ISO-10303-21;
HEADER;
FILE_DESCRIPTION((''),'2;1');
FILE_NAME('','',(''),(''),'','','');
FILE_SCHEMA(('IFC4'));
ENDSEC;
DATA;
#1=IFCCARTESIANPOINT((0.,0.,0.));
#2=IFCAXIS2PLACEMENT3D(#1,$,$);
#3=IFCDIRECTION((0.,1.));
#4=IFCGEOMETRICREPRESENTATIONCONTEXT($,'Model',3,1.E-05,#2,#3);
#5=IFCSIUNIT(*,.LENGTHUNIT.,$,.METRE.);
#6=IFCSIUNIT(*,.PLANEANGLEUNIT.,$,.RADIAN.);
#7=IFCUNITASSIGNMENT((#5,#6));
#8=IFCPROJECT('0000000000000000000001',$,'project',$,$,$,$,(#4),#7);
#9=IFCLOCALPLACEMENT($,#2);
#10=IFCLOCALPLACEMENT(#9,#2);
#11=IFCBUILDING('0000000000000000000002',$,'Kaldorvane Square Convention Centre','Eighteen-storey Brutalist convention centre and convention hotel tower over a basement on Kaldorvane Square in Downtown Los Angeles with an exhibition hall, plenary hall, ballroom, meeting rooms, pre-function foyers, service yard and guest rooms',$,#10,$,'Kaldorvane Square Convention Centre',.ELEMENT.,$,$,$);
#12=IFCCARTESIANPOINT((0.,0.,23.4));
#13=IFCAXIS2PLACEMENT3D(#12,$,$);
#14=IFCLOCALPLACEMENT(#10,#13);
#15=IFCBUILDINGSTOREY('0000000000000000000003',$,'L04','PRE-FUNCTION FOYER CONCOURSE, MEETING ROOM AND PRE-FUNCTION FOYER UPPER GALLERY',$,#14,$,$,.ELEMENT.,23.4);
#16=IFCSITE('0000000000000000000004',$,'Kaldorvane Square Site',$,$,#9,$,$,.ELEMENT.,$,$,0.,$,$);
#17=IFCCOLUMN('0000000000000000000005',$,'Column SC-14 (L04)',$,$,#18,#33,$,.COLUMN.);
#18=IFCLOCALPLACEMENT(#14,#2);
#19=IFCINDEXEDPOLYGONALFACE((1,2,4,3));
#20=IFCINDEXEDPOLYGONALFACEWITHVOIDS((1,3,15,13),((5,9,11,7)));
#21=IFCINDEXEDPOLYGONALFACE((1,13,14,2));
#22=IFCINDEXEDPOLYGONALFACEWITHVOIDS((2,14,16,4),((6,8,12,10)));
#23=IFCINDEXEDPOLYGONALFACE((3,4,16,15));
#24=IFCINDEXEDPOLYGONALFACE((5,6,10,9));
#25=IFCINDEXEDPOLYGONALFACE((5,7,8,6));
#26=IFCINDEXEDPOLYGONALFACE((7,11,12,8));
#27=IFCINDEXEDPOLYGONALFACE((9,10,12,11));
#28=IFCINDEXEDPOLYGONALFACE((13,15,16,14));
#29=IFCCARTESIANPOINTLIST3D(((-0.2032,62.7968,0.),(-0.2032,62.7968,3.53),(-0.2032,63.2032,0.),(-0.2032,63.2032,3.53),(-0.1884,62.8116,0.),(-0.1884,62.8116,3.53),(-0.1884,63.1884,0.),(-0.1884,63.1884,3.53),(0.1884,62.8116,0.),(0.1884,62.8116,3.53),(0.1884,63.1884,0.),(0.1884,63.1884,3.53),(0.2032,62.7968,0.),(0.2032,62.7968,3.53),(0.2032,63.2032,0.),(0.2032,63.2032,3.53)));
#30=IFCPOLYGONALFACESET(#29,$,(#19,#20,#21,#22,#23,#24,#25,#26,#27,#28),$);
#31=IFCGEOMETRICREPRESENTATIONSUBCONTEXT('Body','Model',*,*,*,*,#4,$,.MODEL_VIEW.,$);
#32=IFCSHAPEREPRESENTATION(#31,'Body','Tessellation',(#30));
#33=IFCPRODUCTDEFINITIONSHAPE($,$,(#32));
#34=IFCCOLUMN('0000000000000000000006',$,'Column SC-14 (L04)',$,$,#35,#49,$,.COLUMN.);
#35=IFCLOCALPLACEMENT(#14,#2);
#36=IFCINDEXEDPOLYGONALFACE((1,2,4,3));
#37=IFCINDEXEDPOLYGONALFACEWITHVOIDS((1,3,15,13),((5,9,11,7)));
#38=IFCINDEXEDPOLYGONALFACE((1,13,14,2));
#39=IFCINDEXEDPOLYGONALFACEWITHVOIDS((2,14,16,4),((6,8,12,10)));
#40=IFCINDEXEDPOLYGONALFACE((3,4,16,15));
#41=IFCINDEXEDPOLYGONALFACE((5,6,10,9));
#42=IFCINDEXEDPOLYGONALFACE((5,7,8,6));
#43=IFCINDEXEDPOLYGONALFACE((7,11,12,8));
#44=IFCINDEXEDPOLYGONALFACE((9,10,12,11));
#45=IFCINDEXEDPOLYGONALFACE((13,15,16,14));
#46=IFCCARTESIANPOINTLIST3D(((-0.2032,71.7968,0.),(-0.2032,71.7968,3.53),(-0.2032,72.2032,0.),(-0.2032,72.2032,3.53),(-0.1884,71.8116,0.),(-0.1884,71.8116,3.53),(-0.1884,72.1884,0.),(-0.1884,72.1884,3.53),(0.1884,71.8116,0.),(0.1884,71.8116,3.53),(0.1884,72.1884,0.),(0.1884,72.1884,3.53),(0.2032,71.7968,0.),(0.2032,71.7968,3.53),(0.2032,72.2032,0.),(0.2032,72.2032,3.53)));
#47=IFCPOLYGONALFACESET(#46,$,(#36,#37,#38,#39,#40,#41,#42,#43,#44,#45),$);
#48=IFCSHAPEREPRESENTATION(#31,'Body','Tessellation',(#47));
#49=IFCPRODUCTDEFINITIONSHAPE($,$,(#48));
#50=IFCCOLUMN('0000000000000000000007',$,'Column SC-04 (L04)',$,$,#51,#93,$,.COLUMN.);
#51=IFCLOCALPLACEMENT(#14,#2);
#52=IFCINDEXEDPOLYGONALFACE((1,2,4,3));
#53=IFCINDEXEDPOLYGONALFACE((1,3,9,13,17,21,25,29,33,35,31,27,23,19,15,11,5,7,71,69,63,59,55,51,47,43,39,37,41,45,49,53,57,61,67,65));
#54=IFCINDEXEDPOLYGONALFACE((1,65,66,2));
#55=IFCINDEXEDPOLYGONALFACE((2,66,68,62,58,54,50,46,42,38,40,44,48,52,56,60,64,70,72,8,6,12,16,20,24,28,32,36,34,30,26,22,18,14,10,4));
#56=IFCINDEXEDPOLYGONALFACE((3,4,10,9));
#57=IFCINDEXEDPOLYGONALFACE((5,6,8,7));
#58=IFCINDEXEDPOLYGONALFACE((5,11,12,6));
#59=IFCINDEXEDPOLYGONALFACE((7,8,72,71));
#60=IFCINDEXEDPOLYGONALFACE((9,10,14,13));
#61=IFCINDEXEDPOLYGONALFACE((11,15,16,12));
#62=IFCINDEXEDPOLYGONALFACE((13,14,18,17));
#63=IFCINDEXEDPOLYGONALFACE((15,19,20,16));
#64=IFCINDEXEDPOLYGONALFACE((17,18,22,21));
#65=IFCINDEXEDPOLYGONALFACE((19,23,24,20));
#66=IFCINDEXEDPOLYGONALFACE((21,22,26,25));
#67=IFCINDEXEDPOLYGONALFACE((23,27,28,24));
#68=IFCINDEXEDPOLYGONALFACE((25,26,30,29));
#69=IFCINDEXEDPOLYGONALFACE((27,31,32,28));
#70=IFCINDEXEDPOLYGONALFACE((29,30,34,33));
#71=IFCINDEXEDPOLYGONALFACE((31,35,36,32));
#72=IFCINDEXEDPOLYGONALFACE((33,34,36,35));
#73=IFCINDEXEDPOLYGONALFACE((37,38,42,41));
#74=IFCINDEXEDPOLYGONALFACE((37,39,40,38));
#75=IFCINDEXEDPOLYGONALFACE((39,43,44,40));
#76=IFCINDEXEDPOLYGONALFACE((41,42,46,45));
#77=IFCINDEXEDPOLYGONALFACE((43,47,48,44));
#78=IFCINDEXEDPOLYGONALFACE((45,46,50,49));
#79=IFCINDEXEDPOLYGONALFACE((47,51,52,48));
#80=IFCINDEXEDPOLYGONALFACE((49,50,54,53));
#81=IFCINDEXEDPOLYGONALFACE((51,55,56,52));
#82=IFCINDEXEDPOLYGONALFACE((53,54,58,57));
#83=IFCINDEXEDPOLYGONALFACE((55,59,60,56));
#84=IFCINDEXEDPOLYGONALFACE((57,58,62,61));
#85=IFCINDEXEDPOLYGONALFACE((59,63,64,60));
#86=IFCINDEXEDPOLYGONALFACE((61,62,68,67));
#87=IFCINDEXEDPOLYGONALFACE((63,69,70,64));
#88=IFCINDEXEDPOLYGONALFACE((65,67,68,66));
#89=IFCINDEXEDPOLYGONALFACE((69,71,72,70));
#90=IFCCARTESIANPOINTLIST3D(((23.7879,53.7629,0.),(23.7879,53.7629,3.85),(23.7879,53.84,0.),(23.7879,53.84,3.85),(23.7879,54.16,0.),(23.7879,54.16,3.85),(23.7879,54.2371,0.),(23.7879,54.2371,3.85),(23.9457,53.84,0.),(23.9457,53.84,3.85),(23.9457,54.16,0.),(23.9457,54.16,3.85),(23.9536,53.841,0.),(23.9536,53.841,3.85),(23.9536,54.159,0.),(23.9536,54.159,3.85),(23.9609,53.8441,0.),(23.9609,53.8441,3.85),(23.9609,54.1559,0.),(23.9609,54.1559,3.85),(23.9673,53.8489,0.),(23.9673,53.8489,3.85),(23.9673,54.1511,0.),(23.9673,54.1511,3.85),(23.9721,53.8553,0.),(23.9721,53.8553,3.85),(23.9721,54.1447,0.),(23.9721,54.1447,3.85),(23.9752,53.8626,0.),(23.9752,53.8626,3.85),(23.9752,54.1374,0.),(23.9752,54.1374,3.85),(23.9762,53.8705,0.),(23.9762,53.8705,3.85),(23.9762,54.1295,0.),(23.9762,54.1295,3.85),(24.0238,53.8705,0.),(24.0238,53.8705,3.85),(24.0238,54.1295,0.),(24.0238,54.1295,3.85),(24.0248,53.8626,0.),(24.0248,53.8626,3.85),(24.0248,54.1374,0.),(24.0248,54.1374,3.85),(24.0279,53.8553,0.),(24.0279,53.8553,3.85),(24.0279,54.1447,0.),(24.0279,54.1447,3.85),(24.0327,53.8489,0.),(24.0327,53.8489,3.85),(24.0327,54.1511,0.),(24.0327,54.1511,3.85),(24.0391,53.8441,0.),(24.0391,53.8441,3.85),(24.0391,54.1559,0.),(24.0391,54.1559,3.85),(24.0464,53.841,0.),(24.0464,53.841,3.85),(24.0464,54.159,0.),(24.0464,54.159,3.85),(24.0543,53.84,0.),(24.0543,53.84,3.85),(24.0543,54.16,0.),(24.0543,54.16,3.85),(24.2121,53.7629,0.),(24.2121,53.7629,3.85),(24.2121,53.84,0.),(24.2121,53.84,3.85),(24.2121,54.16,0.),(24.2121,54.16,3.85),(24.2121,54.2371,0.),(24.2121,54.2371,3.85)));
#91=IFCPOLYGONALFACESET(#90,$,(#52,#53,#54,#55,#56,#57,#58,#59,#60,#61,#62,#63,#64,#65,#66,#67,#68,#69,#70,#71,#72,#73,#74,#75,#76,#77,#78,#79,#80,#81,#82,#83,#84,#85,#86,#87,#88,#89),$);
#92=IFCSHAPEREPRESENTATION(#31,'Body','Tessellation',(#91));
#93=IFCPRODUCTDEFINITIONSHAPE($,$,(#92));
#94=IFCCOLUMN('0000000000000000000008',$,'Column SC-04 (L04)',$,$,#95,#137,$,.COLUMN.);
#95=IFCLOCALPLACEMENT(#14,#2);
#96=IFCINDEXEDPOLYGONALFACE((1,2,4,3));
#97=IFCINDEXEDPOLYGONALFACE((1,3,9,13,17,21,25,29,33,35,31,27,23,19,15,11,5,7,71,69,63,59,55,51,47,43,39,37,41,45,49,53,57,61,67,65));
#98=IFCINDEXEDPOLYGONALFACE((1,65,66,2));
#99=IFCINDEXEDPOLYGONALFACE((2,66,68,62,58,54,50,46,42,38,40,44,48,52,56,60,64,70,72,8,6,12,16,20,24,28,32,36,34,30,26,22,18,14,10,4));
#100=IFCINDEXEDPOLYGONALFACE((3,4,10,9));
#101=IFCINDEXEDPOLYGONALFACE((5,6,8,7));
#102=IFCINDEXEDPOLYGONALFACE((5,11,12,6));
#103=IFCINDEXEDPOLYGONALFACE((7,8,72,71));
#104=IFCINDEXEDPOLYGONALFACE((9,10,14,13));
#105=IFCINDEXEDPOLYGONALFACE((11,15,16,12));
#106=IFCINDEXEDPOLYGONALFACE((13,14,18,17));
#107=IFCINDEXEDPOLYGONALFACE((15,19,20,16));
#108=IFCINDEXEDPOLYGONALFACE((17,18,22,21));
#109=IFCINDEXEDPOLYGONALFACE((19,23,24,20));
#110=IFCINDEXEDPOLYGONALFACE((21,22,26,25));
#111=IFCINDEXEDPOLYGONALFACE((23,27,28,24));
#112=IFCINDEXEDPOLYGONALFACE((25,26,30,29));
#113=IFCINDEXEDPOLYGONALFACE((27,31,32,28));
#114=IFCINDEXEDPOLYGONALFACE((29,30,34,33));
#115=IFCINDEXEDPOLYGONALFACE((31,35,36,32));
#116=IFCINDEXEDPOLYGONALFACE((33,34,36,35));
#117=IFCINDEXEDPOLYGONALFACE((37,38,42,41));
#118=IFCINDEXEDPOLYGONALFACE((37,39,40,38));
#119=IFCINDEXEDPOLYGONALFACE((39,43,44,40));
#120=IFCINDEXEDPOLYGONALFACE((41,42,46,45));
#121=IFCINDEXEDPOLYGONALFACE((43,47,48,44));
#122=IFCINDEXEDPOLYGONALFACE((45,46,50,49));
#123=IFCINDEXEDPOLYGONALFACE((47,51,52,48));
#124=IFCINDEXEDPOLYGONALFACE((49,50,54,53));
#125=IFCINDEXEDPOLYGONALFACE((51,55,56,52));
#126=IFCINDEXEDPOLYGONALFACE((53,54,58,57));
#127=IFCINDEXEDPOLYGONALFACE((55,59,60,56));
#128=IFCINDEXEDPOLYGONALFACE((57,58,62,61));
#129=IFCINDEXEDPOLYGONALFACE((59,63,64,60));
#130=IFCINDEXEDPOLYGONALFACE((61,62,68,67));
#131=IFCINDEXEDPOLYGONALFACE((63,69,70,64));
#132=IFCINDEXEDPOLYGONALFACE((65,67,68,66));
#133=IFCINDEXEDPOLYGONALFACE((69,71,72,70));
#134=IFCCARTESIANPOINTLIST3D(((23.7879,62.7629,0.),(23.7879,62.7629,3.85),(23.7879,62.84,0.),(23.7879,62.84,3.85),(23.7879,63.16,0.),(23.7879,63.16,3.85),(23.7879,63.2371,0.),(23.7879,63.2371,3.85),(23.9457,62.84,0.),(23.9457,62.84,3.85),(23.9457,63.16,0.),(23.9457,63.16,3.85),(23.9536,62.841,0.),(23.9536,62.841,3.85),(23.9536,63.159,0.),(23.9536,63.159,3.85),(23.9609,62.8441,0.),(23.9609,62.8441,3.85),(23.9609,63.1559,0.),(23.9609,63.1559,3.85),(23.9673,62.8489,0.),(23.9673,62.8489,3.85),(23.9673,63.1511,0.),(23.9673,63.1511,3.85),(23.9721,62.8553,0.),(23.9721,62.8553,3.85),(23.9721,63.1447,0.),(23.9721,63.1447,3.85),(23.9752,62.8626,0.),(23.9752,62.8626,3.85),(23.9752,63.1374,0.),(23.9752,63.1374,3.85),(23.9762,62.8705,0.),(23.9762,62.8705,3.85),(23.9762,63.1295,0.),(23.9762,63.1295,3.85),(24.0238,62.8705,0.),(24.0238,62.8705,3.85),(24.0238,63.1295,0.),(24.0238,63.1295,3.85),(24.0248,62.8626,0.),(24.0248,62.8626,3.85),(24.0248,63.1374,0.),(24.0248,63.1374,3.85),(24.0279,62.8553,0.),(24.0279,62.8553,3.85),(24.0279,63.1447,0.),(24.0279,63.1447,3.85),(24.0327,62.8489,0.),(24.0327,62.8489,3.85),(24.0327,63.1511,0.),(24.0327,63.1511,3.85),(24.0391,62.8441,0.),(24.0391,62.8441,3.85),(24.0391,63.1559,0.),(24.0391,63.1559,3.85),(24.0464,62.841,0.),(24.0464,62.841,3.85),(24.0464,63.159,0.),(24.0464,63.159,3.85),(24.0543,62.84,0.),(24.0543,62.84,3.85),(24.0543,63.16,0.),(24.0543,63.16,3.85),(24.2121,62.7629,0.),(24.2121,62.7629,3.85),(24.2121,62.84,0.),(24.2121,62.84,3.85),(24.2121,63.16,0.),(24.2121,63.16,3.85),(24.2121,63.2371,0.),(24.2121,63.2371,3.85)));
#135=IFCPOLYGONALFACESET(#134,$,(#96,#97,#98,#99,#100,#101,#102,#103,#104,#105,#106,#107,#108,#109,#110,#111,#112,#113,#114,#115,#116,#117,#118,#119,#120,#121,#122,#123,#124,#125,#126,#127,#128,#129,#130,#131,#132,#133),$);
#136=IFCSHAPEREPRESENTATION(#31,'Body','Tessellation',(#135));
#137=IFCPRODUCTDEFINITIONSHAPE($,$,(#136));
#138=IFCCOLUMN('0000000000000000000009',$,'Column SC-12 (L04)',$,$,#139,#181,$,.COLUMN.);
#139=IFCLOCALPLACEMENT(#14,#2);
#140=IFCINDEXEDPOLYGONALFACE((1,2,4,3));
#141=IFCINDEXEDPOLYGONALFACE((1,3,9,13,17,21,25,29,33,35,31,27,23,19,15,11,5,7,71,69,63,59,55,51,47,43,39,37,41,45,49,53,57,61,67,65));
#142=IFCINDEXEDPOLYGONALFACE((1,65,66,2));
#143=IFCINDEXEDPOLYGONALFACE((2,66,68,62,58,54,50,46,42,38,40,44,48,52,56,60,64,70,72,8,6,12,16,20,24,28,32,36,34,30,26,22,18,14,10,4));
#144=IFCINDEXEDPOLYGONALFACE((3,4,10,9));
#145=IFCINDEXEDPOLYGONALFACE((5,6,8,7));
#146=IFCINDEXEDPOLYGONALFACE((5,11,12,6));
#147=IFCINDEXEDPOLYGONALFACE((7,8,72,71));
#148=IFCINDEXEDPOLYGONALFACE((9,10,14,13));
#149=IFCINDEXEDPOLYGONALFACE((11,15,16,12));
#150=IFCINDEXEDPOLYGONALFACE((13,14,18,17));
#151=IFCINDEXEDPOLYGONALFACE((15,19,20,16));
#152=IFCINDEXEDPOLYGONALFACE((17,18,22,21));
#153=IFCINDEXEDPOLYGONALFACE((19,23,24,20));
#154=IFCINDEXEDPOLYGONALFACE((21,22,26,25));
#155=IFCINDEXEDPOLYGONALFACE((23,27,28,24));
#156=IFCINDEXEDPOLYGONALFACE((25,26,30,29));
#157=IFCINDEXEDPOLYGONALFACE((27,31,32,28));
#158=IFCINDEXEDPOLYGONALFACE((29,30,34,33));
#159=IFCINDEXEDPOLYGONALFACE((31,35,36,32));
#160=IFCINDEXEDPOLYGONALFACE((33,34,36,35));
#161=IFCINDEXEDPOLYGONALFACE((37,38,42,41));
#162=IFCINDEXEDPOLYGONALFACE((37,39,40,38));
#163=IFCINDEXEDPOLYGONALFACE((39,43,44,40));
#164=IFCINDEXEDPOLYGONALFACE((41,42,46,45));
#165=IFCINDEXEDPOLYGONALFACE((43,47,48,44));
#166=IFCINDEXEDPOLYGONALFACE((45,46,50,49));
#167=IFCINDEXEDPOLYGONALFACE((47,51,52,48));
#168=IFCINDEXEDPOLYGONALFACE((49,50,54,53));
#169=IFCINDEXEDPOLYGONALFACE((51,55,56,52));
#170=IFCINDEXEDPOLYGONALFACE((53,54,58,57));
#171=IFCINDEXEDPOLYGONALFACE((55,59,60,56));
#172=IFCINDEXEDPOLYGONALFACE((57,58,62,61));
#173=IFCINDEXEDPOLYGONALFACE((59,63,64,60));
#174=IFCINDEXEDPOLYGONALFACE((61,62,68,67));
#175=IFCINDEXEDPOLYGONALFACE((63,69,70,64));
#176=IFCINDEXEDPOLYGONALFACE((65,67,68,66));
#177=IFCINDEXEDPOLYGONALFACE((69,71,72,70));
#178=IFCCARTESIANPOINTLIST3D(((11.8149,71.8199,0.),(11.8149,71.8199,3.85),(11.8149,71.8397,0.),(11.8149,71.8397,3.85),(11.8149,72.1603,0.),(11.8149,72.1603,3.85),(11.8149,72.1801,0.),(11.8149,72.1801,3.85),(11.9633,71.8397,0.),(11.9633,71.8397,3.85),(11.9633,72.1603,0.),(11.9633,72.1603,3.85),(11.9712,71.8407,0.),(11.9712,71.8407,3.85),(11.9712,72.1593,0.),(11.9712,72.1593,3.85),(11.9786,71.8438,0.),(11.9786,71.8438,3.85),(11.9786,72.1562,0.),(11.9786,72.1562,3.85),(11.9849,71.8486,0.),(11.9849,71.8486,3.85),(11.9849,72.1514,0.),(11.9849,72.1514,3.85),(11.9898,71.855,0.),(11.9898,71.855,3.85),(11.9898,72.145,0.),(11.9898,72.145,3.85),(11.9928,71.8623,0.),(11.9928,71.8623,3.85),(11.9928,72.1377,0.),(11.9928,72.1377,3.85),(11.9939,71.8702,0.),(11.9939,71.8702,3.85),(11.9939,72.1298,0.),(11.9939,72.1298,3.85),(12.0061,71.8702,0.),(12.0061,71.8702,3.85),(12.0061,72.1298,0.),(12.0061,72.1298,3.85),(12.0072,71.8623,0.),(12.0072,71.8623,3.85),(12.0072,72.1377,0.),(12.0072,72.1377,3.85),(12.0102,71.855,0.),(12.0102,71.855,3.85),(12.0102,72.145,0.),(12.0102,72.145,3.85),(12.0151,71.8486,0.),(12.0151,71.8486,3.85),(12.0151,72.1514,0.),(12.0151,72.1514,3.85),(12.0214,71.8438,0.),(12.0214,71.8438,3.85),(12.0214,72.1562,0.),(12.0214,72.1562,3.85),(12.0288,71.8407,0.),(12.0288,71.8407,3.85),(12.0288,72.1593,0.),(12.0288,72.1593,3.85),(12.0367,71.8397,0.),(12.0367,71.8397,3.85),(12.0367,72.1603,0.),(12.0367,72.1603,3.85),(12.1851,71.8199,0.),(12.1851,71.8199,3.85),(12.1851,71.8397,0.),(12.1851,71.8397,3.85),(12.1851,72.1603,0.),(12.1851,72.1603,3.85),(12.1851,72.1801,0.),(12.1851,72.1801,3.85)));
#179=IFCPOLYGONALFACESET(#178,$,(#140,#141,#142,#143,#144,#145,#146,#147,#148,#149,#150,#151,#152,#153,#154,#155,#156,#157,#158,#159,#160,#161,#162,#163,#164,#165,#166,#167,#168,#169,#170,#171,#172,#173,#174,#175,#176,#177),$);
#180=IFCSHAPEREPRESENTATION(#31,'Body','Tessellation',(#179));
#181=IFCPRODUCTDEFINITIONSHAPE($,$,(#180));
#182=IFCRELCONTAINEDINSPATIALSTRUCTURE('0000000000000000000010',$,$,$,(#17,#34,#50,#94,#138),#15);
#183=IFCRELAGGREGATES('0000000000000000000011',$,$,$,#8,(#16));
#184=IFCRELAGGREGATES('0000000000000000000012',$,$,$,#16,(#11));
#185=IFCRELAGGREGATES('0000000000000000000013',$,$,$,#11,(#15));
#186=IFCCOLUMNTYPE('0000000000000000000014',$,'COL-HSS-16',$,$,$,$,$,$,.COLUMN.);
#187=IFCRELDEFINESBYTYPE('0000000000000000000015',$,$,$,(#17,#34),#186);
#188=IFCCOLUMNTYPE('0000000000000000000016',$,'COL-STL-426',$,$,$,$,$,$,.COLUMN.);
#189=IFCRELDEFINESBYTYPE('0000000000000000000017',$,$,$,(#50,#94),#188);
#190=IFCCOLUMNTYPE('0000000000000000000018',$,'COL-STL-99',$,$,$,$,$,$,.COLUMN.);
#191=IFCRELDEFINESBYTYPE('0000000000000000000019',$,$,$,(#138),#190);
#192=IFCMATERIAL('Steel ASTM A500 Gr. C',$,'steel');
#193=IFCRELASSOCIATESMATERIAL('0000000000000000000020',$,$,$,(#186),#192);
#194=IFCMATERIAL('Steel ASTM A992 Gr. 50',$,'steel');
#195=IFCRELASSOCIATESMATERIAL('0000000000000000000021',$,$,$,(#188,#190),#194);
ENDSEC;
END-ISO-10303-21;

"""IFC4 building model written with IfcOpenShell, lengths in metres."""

from ifc_helpers import new_model, si_unit, direction, frame, origin, origin_2d, place, context, subcontext, project, spatial, hollow_rectangle, i_section, extrude, material, material_profile, profile_set, type_object, element, save


model = new_model("IFC4")

# Units and contexts
model_context = context("Model", 3, precision=1e-05, world=origin(), true_north=direction((0.0, 1.0)))
body_context = subcontext(model_context, "Body", "Model", "MODEL_VIEW")
ifc_project = project(units=[si_unit("LENGTHUNIT", "METRE"), si_unit("PLANEANGLEUNIT", "RADIAN")], contexts=[model_context])

# Site, building, storey
site_placement = place(None, origin())
site = spatial("IfcSite", under=ifc_project, at=site_placement, Name="Kaldorvane Square Site", CompositionType="ELEMENT", RefElevation=0.0)
building_placement = place(site_placement, origin())
building = spatial("IfcBuilding", under=site, at=building_placement, Name="Kaldorvane Square Convention Centre", Description="Eighteen-storey Brutalist convention centre and convention hotel tower over a basement on Kaldorvane Square in Downtown Los Angeles with an exhibition hall, plenary hall, ballroom, meeting rooms, pre-function foyers, service yard and guest rooms", LongName="Kaldorvane Square Convention Centre", CompositionType="ELEMENT")
storey_placement = place(building_placement, frame((0.0, 0.0, 23.4)))
storey = spatial("IfcBuildingStorey", under=building, at=storey_placement, Name="L04", Description="PRE-FUNCTION FOYER CONCOURSE, MEETING ROOM AND PRE-FUNCTION FOYER UPPER GALLERY", CompositionType="ELEMENT", Elevation=23.4)

# Columns
ifc_material_1 = material(Name="Steel ASTM A500 Gr. C", Category="steel")
ifc_material_profile_1 = material_profile(ifc_material_1, hollow_rectangle(XDim=0.4064, YDim=0.4064, WallThickness=0.0148, at=origin_2d()), Name="HSS16X16X5/8")
ifc_profile_set_1 = profile_set([ifc_material_profile_1], Name="Steel ASTM A500 Gr. C")
column_type_1 = type_object("IfcColumnType", Name="COL-HSS-16", PredefinedType="COLUMN", material=ifc_profile_set_1)
for number, where, z_axis, x_axis, name in (
    (1, (0.0, 63.0, 0.0), (0.0, 0.0, 1.0), (1.0, 0.0, 0.0), "Column SC-14 (L04)"),
    (2, (0.0, 72.0, 0.0), (0.0, 0.0, 1.0), (1.0, 0.0, 0.0), "Column SC-14 (L04)"),
):
    element("IfcColumn", number, at=place(storey_placement, frame(where, z_axis=z_axis, x_axis=x_axis)), inside=storey, type_object=column_type_1, Name=name, PredefinedType="COLUMN", context=body_context, shape_type="SweptSolid", body=[
        extrude(hollow_rectangle(XDim=0.4064, YDim=0.4064, WallThickness=0.0148, at=origin_2d()), origin(), (0.0, 0.0, 1.0), 3.53),
    ])
ifc_material_2 = material(Name="Steel ASTM A992 Gr. 50", Category="steel")
ifc_material_profile_2 = material_profile(ifc_material_2, i_section(OverallWidth=0.4241, OverallDepth=0.4742, WebThickness=0.0476, FlangeThickness=0.0771, FilletRadius=0.0305, at=origin_2d()), Name="W14X426")
ifc_profile_set_2 = profile_set([ifc_material_profile_2], Name="Steel ASTM A992 Gr. 50")
column_type_2 = type_object("IfcColumnType", Name="COL-STL-426", PredefinedType="COLUMN", material=ifc_profile_set_2)
for number, where, z_axis, x_axis, name in (
    (3, (24.0, 54.0, 0.0), (0.0, 0.0, 1.0), (1.0, 0.0, 0.0), "Column SC-04 (L04)"),
    (4, (24.0, 63.0, 0.0), (0.0, 0.0, 1.0), (1.0, 0.0, 0.0), "Column SC-04 (L04)"),
):
    element("IfcColumn", number, at=place(storey_placement, frame(where, z_axis=z_axis, x_axis=x_axis)), inside=storey, type_object=column_type_2, Name=name, PredefinedType="COLUMN", context=body_context, shape_type="SweptSolid", body=[
        extrude(i_section(OverallWidth=0.4241, OverallDepth=0.4742, WebThickness=0.0476, FlangeThickness=0.0771, FilletRadius=0.0305, at=origin_2d()), origin(), (0.0, 0.0, 1.0), 3.85),
    ])
ifc_material_profile_3 = material_profile(ifc_material_2, i_section(OverallWidth=0.3701, OverallDepth=0.3602, WebThickness=0.0123, FlangeThickness=0.0198, FilletRadius=0.0305, at=origin_2d()), Name="W14X99")
ifc_profile_set_3 = profile_set([ifc_material_profile_3], Name="Steel ASTM A992 Gr. 50")
column_type_3 = type_object("IfcColumnType", Name="COL-STL-99", PredefinedType="COLUMN", material=ifc_profile_set_3)
column_placement = place(storey_placement, frame((12.0, 72.0, 0.0), z_axis=(0.0, 0.0, 1.0), x_axis=(1.0, 0.0, 0.0)))
element("IfcColumn", 5, at=column_placement, inside=storey, type_object=column_type_3, Name="Column SC-12 (L04)", PredefinedType="COLUMN", context=body_context, shape_type="SweptSolid", body=[
    extrude(i_section(OverallWidth=0.3701, OverallDepth=0.3602, WebThickness=0.0123, FlangeThickness=0.0198, FilletRadius=0.0305, at=origin_2d()), origin(), (0.0, 0.0, 1.0), 3.85),
])

save(model, "model.ifc")
